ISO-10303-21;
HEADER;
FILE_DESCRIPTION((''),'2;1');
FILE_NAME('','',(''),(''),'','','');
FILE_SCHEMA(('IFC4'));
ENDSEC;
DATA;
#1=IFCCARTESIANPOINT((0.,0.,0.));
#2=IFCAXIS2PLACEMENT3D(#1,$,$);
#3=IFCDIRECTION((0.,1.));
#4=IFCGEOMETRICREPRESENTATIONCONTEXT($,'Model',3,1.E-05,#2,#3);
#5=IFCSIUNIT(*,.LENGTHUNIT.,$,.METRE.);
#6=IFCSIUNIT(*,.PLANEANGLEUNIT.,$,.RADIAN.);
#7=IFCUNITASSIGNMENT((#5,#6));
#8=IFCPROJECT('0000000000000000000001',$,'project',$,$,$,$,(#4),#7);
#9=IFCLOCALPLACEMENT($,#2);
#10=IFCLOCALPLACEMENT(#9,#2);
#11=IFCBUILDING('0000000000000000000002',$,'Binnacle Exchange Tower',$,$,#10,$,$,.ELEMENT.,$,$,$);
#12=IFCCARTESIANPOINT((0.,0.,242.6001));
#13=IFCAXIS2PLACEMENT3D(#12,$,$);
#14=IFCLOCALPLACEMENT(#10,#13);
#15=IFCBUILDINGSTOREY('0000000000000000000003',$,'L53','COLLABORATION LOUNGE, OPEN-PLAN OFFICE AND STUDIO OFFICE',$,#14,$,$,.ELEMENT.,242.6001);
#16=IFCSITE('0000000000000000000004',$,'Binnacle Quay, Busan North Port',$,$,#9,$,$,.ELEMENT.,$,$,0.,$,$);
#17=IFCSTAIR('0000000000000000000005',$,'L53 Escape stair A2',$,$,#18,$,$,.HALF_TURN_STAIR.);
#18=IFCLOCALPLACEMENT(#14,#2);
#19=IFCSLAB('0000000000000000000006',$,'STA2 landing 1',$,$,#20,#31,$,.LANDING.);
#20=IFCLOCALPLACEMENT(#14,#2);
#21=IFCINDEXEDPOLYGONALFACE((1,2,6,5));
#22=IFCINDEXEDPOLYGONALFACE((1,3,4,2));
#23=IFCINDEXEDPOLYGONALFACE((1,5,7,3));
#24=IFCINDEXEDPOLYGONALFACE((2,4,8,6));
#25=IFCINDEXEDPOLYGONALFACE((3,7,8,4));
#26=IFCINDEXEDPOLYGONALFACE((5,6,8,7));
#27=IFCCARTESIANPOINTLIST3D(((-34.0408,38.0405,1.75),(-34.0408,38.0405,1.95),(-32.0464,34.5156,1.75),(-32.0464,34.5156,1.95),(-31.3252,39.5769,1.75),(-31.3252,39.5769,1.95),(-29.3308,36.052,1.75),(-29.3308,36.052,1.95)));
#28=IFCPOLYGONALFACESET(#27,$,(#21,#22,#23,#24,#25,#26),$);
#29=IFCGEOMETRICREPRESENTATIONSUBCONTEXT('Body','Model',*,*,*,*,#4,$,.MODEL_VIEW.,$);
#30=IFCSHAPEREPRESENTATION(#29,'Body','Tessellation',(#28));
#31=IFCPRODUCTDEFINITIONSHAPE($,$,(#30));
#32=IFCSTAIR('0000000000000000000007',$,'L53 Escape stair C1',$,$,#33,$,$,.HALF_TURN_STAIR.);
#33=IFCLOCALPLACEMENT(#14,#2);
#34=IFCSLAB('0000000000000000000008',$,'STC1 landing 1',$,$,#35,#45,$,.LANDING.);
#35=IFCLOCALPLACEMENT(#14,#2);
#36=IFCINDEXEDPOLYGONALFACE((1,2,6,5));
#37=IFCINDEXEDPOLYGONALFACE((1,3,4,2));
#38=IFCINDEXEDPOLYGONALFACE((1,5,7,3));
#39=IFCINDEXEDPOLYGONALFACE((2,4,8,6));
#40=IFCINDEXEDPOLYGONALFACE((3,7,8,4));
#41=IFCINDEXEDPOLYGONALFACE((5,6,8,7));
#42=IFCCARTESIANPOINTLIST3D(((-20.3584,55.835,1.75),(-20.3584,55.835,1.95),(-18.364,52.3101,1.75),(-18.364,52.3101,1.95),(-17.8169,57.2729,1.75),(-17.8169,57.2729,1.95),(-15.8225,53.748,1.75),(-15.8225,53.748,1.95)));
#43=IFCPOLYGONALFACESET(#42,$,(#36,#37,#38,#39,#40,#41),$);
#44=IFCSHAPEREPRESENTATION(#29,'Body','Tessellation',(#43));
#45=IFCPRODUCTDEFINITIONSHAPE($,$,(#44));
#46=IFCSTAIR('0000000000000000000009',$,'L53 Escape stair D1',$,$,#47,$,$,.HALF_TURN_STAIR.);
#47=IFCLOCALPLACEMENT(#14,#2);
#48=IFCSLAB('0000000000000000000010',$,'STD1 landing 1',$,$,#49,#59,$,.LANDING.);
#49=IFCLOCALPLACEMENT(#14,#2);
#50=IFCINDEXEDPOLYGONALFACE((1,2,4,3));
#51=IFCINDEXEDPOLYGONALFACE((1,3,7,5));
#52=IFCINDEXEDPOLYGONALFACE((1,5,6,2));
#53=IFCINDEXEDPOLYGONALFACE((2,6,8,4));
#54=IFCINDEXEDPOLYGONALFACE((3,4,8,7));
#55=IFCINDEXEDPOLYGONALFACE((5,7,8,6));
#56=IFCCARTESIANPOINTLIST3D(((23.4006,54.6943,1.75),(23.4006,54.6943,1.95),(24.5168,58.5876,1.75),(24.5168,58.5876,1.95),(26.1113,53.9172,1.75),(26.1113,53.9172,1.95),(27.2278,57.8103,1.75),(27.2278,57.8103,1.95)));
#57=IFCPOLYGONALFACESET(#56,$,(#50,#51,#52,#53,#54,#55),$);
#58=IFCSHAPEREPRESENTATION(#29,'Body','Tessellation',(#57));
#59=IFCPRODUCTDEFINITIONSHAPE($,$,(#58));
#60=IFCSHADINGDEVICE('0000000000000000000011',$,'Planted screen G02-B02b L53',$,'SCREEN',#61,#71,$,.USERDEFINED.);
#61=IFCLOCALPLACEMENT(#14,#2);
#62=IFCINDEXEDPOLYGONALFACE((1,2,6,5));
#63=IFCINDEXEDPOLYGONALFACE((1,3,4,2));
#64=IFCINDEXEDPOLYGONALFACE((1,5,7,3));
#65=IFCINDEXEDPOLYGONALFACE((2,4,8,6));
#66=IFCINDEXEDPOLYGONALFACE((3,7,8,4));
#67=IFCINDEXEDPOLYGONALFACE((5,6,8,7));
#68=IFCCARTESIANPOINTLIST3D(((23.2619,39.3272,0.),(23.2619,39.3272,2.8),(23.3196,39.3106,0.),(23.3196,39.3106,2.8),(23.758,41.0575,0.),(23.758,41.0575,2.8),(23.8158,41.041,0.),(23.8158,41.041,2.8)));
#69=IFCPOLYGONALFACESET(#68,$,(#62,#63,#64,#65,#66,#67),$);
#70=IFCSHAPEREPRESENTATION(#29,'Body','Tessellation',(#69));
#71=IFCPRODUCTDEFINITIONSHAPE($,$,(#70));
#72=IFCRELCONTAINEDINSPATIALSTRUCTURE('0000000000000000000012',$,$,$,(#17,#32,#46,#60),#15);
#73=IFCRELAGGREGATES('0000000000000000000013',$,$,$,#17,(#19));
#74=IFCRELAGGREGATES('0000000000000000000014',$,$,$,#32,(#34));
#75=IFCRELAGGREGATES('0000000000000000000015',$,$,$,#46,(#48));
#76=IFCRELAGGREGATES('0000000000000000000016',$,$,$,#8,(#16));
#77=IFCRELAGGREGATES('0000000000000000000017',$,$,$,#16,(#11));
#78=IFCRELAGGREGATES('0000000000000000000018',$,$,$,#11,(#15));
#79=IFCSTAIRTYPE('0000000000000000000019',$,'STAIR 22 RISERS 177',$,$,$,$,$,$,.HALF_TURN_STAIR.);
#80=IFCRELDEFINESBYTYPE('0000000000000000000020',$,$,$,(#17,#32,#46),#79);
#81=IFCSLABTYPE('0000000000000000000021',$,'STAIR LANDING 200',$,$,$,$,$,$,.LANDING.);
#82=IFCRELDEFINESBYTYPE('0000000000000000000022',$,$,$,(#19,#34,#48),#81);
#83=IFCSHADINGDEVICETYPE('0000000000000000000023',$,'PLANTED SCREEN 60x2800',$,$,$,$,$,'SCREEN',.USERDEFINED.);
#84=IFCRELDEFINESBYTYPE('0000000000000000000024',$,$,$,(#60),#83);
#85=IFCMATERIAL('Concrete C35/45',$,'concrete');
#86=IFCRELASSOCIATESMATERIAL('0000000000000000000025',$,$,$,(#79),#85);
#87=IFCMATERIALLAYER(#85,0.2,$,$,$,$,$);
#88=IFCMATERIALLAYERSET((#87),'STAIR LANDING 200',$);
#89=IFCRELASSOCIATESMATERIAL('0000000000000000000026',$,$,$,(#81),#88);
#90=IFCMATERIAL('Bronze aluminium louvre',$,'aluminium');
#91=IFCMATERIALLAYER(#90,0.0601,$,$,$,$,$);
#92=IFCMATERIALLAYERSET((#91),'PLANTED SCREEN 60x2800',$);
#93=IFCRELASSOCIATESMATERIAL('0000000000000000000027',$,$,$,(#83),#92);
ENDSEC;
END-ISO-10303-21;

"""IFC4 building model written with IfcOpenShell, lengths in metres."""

from ifc_helpers import new_model, si_unit, direction, frame, origin, origin_2d, place, context, subcontext, project, spatial, polyline, rectangle, outline, extrude, material, layer, layer_set, type_object, element, aggregate, save


model = new_model("IFC4")

# Units and contexts
model_context = context("Model", 3, precision=1e-05, world=origin(), true_north=direction((0.0, 1.0)))
body_context = subcontext(model_context, "Body", "Model", "MODEL_VIEW")
ifc_project = project(units=[si_unit("LENGTHUNIT", "METRE"), si_unit("PLANEANGLEUNIT", "RADIAN")], contexts=[model_context])

# Site, building, storey
site_placement = place(None, origin())
site = spatial("IfcSite", under=ifc_project, at=site_placement, Name="Binnacle Quay, Busan North Port", CompositionType="ELEMENT", RefElevation=0.0)
building_placement = place(site_placement, origin())
building = spatial("IfcBuilding", under=site, at=building_placement, Name="Binnacle Exchange Tower", CompositionType="ELEMENT")
storey_placement = place(building_placement, frame((0.0, 0.0, 242.6001)))
storey = spatial("IfcBuildingStorey", under=building, at=storey_placement, Name="L53", Description="COLLABORATION LOUNGE, OPEN-PLAN OFFICE AND STUDIO OFFICE", CompositionType="ELEMENT", Elevation=242.6001)

# Shared definitions
ifc_material_1 = material(Name="Concrete C35/45", Category="concrete")

# Stairs, slabs
stair_type = type_object("IfcStairType", Name="STAIR 22 RISERS 177", PredefinedType="HALF_TURN_STAIR", material=ifc_material_1)
ifc_layer_1 = layer(ifc_material_1, 0.2)
ifc_layer_set_1 = layer_set([ifc_layer_1], Name="STAIR LANDING 200")
slab_type_1 = type_object("IfcSlabType", Name="STAIR LANDING 200", PredefinedType="LANDING", material=ifc_layer_set_1)
stair_1_placement = place(storey_placement, origin())
stair_1 = element("IfcStair", 1, at=stair_1_placement, inside=storey, type_object=stair_type, Name="L53 Escape stair A2", PredefinedType="HALF_TURN_STAIR")
slab_1_placement = place(storey_placement, frame((0.0, 0.0, 1.75)))
slab_1 = element("IfcSlab", 2, at=slab_1_placement, type_object=slab_type_1, Name="STA2 landing 1", PredefinedType="LANDING", context=body_context, shape_type="SweptSolid", body=[
    extrude(outline(polyline([(-31.3252, 39.5769), (-34.0408, 38.0405), (-32.0464, 34.5156), (-29.3308, 36.052), (-31.3252, 39.5769)])), origin(), (0.0, 0.0, 1.0), 0.2),
])
aggregate(stair_1, [slab_1])
stair_2_placement = place(storey_placement, origin())
stair_2 = element("IfcStair", 3, at=stair_2_placement, inside=storey, type_object=stair_type, Name="L53 Escape stair C1", PredefinedType="HALF_TURN_STAIR")
slab_2_placement = place(storey_placement, frame((0.0, 0.0, 1.75)))
slab_2 = element("IfcSlab", 4, at=slab_2_placement, type_object=slab_type_1, Name="STC1 landing 1", PredefinedType="LANDING", context=body_context, shape_type="SweptSolid", body=[
    extrude(outline(polyline([(-18.364, 52.3101), (-15.8225, 53.748), (-17.8169, 57.2729), (-20.3584, 55.835), (-18.364, 52.3101)])), origin(), (0.0, 0.0, 1.0), 0.2),
])
aggregate(stair_2, [slab_2])
stair_3_placement = place(storey_placement, origin())
stair_3 = element("IfcStair", 5, at=stair_3_placement, inside=storey, type_object=stair_type, Name="L53 Escape stair D1", PredefinedType="HALF_TURN_STAIR")
slab_3_placement = place(storey_placement, frame((0.0, 0.0, 1.75)))
slab_3 = element("IfcSlab", 6, at=slab_3_placement, type_object=slab_type_1, Name="STD1 landing 1", PredefinedType="LANDING", context=body_context, shape_type="SweptSolid", body=[
    extrude(outline(polyline([(23.4006, 54.6943), (26.1113, 53.9172), (27.2278, 57.8103), (24.5168, 58.5876), (23.4006, 54.6943)])), origin(), (0.0, 0.0, 1.0), 0.2),
])
aggregate(stair_3, [slab_3])

# Shading device
ifc_material_2 = material(Name="Bronze aluminium louvre", Category="aluminium")
ifc_layer_2 = layer(ifc_material_2, 0.0601)
ifc_layer_set_2 = layer_set([ifc_layer_2], Name="PLANTED SCREEN 60x2800")
shading_device_type = type_object("IfcShadingDeviceType", Name="PLANTED SCREEN 60x2800", ElementType="SCREEN", PredefinedType="USERDEFINED", material=ifc_layer_set_2)
shading_device_placement = place(storey_placement, frame((23.5388, 40.1841, 0.0), z_axis=(0.0, 0.0, 1.0), x_axis=(0.961262, -0.275637, 0.0)))
element("IfcShadingDevice", 7, at=shading_device_placement, inside=storey, type_object=shading_device_type, Name="Planted screen G02-B02b L53", ObjectType="SCREEN", PredefinedType="USERDEFINED", context=body_context, shape_type="SweptSolid", body=[
    extrude(rectangle(XDim=0.0601, YDim=1.8, at=origin_2d()), origin(), (0.0, 0.0, 1.0), 2.8),
])

save(model, "model.ifc")
